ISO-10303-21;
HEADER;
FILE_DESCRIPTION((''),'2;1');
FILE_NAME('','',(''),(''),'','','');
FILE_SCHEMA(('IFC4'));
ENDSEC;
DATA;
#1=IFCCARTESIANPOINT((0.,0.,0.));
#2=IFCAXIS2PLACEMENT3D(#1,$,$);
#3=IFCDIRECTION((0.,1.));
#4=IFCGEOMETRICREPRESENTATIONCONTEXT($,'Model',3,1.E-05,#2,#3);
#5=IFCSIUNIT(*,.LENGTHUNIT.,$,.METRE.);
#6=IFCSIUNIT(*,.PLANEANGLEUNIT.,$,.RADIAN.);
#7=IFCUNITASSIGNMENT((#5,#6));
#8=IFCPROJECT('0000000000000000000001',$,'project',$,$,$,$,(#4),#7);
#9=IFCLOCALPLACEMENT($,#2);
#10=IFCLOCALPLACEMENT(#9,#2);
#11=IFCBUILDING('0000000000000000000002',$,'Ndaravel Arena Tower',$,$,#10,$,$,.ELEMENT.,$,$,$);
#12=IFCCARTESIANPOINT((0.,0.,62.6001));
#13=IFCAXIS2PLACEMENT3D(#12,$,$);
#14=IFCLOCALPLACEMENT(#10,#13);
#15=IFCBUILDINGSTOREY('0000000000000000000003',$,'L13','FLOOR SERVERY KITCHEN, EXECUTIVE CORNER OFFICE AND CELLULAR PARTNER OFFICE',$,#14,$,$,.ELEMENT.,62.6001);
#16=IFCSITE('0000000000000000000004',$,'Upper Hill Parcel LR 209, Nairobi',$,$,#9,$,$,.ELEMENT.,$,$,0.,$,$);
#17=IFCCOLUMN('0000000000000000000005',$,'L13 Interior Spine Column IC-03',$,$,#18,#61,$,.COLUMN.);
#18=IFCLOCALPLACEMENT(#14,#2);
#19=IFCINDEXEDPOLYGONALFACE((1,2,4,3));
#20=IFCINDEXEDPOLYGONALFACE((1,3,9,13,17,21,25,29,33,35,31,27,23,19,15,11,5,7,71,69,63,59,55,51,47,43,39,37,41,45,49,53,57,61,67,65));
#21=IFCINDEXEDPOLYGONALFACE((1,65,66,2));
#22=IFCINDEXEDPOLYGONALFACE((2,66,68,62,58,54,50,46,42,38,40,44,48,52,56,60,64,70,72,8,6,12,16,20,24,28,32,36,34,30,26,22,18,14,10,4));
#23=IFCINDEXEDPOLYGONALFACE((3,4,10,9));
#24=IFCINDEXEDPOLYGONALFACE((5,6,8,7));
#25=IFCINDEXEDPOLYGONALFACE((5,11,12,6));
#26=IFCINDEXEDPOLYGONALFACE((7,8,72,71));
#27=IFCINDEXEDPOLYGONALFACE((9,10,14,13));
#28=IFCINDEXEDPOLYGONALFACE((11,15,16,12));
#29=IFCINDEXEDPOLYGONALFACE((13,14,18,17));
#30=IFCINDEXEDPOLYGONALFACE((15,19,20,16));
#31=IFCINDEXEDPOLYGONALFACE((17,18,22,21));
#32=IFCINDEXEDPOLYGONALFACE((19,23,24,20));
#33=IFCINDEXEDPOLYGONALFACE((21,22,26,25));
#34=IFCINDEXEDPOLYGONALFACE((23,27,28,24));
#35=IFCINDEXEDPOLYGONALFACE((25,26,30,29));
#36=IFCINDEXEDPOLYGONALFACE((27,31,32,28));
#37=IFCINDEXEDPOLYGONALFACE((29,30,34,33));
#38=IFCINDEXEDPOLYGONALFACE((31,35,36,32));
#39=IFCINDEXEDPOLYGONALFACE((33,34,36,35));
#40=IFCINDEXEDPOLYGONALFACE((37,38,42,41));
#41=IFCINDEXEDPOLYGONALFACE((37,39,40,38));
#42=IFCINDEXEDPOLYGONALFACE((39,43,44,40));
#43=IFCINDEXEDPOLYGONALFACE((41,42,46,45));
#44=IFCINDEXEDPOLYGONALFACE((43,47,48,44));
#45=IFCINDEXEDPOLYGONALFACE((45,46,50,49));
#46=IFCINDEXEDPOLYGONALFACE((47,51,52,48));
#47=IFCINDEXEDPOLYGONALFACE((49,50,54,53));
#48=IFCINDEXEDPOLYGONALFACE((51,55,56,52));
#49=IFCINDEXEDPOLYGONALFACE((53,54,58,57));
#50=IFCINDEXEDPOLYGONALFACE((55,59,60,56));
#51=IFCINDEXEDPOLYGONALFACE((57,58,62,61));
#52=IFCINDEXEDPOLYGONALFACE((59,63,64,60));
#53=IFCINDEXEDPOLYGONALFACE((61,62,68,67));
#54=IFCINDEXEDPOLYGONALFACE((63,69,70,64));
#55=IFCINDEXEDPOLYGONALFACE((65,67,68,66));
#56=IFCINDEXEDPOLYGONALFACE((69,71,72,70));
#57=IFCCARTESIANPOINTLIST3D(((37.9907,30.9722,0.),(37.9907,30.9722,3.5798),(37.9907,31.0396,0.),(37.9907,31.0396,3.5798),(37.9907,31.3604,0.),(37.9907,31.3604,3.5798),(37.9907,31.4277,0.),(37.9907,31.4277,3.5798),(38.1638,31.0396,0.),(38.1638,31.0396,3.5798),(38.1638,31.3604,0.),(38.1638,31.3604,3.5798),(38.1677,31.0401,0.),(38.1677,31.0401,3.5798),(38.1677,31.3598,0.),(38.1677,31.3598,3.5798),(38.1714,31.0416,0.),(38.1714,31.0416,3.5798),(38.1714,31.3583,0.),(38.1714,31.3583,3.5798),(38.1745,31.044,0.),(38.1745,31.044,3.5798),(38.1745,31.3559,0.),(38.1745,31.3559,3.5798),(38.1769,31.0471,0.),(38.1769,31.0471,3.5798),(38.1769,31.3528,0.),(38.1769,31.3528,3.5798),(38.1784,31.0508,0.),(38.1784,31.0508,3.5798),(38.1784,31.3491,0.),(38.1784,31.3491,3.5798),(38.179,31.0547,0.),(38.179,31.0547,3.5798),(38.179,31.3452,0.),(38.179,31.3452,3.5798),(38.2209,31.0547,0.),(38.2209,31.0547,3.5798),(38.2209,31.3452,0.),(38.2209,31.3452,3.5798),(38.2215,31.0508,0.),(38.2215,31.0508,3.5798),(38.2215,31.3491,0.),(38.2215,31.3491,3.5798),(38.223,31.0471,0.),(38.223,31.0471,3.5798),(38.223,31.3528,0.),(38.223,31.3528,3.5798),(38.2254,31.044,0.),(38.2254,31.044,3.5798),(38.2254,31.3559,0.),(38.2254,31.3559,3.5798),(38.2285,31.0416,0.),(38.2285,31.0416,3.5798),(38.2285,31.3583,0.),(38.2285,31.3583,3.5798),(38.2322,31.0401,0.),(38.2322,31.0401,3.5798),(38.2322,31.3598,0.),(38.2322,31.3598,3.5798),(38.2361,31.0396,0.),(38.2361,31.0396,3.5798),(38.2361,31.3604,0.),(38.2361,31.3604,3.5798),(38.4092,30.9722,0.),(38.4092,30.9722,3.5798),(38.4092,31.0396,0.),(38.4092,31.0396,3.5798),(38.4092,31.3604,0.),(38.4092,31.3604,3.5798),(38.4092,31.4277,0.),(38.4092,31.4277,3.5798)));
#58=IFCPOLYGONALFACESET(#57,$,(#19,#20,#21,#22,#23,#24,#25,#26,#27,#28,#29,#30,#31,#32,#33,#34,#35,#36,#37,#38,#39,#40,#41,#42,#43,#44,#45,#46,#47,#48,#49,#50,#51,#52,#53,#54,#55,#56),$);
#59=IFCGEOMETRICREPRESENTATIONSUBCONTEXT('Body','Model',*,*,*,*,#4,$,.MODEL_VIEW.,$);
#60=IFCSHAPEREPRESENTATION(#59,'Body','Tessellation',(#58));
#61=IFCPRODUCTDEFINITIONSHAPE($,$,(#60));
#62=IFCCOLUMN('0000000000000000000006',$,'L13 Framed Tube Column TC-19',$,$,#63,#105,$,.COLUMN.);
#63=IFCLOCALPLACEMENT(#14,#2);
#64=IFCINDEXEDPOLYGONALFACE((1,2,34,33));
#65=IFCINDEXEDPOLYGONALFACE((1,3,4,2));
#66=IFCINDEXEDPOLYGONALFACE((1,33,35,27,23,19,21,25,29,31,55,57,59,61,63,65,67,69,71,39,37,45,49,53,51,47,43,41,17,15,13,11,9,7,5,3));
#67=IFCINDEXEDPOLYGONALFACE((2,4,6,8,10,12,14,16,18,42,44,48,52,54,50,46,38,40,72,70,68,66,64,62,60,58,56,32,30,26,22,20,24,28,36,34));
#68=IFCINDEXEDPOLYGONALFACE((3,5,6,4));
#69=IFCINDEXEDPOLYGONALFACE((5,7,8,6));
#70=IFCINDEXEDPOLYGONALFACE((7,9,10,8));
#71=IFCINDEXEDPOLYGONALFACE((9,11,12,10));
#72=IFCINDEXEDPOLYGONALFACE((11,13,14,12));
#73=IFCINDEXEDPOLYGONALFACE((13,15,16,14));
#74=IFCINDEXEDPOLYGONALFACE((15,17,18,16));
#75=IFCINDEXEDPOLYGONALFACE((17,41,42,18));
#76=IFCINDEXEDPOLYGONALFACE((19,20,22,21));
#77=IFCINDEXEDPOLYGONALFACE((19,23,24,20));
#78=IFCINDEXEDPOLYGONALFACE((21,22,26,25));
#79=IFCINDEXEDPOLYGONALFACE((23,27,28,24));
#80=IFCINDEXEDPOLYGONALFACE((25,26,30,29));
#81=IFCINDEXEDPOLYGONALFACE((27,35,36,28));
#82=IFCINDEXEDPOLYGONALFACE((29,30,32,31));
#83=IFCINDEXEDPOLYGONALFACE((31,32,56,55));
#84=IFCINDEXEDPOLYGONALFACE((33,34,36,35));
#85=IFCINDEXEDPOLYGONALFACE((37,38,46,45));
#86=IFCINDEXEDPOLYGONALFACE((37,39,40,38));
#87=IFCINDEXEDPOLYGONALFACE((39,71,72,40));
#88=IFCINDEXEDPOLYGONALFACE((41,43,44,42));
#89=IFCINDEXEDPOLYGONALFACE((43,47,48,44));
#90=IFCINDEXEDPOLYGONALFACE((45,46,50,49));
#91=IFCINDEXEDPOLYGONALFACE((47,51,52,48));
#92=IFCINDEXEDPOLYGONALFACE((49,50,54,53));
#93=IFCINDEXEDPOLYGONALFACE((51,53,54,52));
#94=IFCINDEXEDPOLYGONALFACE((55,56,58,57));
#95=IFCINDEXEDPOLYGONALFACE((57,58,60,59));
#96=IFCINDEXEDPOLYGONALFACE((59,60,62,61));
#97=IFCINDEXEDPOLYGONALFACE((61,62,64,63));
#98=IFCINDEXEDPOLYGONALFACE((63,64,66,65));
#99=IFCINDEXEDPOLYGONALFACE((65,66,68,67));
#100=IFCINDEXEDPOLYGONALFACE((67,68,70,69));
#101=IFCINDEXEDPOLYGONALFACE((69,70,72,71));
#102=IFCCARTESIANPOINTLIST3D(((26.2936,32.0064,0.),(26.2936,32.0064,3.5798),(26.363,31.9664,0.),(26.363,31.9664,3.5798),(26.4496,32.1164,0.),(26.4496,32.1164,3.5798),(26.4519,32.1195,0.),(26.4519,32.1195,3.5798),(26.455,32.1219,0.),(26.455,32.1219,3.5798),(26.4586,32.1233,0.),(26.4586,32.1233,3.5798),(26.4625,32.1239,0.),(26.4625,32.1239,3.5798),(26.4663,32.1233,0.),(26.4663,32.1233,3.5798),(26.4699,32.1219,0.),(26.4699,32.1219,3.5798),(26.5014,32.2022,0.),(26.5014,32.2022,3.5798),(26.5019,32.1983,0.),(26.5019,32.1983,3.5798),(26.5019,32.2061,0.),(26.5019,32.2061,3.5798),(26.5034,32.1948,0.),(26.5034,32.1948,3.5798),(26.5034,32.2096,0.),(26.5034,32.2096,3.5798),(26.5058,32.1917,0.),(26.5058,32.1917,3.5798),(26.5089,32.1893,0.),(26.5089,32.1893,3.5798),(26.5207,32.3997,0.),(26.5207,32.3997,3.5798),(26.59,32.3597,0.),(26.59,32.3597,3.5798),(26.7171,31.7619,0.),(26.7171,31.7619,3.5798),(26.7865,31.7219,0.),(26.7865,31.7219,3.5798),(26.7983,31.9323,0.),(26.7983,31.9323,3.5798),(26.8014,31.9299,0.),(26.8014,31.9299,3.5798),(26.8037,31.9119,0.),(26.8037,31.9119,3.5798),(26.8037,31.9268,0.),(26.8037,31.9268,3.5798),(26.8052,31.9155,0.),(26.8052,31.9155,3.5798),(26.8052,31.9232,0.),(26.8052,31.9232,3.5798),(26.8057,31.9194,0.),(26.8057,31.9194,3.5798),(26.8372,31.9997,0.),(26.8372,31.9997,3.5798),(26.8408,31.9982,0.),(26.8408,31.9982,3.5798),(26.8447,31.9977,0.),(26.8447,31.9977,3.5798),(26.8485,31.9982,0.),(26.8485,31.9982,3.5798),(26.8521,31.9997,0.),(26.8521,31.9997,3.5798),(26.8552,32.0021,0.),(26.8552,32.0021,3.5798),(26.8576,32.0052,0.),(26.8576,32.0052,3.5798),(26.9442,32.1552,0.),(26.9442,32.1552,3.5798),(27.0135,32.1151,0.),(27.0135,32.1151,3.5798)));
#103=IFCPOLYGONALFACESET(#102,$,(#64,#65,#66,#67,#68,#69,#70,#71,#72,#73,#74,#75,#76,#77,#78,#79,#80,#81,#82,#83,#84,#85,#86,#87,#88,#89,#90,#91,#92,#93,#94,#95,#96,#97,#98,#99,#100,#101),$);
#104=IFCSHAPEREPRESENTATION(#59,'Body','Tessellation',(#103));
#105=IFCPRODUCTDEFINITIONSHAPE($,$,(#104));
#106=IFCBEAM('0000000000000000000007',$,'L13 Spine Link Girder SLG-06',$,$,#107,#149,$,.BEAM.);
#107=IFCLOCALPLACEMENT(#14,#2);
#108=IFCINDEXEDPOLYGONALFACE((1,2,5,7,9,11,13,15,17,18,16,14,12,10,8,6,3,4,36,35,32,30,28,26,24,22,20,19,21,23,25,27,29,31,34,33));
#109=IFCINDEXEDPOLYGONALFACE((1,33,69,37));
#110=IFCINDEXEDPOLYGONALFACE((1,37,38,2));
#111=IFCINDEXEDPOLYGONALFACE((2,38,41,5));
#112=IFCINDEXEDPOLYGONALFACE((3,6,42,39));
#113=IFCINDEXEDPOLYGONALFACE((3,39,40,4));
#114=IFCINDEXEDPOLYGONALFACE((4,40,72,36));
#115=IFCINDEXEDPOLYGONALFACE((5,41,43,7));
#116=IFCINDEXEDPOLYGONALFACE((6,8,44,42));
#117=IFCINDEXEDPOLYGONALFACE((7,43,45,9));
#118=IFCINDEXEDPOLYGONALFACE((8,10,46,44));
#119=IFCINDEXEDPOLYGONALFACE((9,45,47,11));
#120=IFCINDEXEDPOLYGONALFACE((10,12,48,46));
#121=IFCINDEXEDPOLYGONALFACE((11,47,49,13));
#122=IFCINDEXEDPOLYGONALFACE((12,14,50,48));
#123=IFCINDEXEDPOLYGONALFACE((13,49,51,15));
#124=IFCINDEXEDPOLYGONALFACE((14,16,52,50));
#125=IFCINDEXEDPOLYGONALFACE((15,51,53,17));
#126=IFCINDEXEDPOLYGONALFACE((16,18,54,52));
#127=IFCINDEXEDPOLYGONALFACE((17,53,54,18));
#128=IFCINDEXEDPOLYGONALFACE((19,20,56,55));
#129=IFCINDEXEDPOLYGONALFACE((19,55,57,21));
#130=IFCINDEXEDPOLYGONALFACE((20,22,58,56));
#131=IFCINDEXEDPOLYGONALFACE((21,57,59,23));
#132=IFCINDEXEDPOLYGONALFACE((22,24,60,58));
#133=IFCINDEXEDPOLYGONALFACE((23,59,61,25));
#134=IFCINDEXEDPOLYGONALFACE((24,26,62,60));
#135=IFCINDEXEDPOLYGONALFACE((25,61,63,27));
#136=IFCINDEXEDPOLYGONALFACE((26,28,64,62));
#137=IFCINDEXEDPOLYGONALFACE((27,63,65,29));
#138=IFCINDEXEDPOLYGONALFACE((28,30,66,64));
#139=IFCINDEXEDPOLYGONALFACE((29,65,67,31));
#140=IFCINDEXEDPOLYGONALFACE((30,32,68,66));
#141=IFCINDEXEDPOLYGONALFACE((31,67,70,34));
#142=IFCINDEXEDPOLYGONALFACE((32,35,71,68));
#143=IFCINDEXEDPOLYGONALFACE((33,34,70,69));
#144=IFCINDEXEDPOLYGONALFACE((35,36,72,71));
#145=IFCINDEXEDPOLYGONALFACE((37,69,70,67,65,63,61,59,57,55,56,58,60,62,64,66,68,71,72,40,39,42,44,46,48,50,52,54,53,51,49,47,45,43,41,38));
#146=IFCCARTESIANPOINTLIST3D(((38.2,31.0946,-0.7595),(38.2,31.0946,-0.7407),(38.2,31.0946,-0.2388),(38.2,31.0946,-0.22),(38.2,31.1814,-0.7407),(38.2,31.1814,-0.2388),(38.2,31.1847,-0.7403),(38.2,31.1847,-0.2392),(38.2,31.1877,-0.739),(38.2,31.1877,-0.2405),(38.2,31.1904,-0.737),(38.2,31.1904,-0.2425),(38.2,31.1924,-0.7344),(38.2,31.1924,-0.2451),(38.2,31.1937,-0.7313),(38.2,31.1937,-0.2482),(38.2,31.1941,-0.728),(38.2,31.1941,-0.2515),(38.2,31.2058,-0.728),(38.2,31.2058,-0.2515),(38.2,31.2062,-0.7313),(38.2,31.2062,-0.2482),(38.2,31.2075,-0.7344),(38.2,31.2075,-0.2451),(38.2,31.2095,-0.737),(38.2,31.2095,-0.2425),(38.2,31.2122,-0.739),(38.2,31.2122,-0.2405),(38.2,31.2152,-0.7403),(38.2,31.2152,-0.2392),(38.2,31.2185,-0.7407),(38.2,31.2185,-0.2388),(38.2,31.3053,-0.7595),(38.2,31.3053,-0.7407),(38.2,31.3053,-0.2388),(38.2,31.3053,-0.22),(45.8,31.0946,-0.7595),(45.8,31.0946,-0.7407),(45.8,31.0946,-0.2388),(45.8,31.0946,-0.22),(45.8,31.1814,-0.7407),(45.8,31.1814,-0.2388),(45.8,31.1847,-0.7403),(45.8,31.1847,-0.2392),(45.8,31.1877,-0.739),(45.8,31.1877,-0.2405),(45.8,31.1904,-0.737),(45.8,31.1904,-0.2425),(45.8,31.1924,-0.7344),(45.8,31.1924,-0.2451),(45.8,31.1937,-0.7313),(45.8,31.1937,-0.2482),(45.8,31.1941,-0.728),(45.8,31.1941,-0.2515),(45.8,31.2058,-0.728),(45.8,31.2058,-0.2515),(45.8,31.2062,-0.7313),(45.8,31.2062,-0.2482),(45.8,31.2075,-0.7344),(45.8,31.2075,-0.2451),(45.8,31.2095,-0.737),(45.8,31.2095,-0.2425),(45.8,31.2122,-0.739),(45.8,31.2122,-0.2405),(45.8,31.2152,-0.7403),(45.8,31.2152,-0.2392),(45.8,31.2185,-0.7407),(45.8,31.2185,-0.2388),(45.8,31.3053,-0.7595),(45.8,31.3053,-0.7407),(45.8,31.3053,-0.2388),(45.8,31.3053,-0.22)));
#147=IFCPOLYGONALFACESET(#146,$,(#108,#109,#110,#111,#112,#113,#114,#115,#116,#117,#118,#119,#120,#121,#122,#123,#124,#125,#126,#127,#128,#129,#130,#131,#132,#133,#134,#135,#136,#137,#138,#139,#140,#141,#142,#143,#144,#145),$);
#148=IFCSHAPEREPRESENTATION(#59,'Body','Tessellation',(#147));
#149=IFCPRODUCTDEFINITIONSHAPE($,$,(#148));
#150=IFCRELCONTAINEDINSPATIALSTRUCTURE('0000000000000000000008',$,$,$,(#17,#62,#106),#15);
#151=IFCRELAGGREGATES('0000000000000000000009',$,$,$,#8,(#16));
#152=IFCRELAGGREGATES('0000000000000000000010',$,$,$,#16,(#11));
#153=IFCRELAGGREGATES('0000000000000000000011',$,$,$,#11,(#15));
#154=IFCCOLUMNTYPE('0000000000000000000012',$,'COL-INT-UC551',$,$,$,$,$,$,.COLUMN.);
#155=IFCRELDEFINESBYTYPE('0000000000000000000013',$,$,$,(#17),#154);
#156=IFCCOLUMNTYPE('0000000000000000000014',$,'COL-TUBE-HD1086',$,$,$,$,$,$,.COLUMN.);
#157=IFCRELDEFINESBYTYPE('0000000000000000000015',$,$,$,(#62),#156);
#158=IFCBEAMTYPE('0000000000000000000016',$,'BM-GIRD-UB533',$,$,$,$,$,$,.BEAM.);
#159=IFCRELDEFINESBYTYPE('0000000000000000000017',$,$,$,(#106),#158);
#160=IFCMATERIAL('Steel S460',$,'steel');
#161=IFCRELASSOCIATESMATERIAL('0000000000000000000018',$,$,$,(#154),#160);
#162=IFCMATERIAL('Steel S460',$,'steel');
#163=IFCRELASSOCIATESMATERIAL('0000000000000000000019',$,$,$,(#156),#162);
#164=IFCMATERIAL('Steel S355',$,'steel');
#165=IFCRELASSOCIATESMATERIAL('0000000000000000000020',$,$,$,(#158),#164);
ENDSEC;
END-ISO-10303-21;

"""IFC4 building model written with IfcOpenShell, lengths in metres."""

from ifc_helpers import new_model, si_unit, direction, frame, origin, origin_2d, place, context, subcontext, project, spatial, i_section, extrude, material, material_profile, profile_set, type_object, element, save


model = new_model("IFC4")

# Units and contexts
model_context = context("Model", 3, precision=1e-05, world=origin(), true_north=direction((0.0, 1.0)))
body_context = subcontext(model_context, "Body", "Model", "MODEL_VIEW")
ifc_project = project(units=[si_unit("LENGTHUNIT", "METRE"), si_unit("PLANEANGLEUNIT", "RADIAN")], contexts=[model_context])

# Site, building, storey
site_placement = place(None, origin())
site = spatial("IfcSite", under=ifc_project, at=site_placement, Name="Upper Hill Parcel LR 209, Nairobi", CompositionType="ELEMENT", RefElevation=0.0)
building_placement = place(site_placement, origin())
building = spatial("IfcBuilding", under=site, at=building_placement, Name="Ndaravel Arena Tower", CompositionType="ELEMENT")
storey_placement = place(building_placement, frame((0.0, 0.0, 62.6001)))
storey = spatial("IfcBuildingStorey", under=building, at=storey_placement, Name="L13", Description="FLOOR SERVERY KITCHEN, EXECUTIVE CORNER OFFICE AND CELLULAR PARTNER OFFICE", CompositionType="ELEMENT", Elevation=62.6001)

# Columns
ifc_material_1 = material(Name="Steel S460", Category="steel")
ifc_material_profile_1 = material_profile(ifc_material_1, i_section(OverallWidth=0.4185, OverallDepth=0.4556, WebThickness=0.042, FlangeThickness=0.0674, FilletRadius=0.0151, at=origin_2d()), Name="UC 356x406x551")
ifc_profile_set_1 = profile_set([ifc_material_profile_1], Name="Steel S460")
column_type_1 = type_object("IfcColumnType", Name="COL-INT-UC551", PredefinedType="COLUMN", material=ifc_profile_set_1)
column_1_placement = place(storey_placement, frame((38.2, 31.2, 0.0), z_axis=(0.0, 0.0, 1.0), x_axis=(1.0, 0.0, 0.0)))
element("IfcColumn", 1, at=column_1_placement, inside=storey, type_object=column_type_1, Name="L13 Interior Spine Column IC-03", PredefinedType="COLUMN", context=body_context, shape_type="SweptSolid", body=[
    extrude(i_section(OverallWidth=0.4185, OverallDepth=0.4556, WebThickness=0.042, FlangeThickness=0.0674, FilletRadius=0.0151, at=origin_2d()), origin(), (0.0, 0.0, 1.0), 3.5798),
])
ifc_material_2 = material(Name="Steel S460", Category="steel")
ifc_material_profile_2 = material_profile(ifc_material_2, i_section(OverallWidth=0.4541, OverallDepth=0.5691, WebThickness=0.0779, FlangeThickness=0.0801, FilletRadius=0.0149, at=origin_2d()), Name="HD 400x1086")
ifc_profile_set_2 = profile_set([ifc_material_profile_2], Name="Steel S460")
column_type_2 = type_object("IfcColumnType", Name="COL-TUBE-HD1086", PredefinedType="COLUMN", material=ifc_profile_set_2)
column_2_placement = place(storey_placement, frame((26.6536, 32.0608, 0.0), z_axis=(0.0, 0.0, 1.0), x_axis=(0.5, 0.866025, 0.0)))
element("IfcColumn", 2, at=column_2_placement, inside=storey, type_object=column_type_2, Name="L13 Framed Tube Column TC-19", PredefinedType="COLUMN", context=body_context, shape_type="SweptSolid", body=[
    extrude(i_section(OverallWidth=0.4541, OverallDepth=0.5691, WebThickness=0.0779, FlangeThickness=0.0801, FilletRadius=0.0149, at=origin_2d()), origin(), (0.0, 0.0, 1.0), 3.5798),
])

# Beam
ifc_material_3 = material(Name="Steel S355", Category="steel")
ifc_material_profile_3 = material_profile(ifc_material_3, i_section(OverallWidth=0.2107, OverallDepth=0.5396, WebThickness=0.0117, FlangeThickness=0.0188, FilletRadius=0.0127, at=origin_2d()), Name="UB 533x210x109")
ifc_profile_set_3 = profile_set([ifc_material_profile_3], Name="Steel S355")
beam_type_1 = type_object("IfcBeamType", Name="BM-GIRD-UB533", PredefinedType="BEAM", material=ifc_profile_set_3)
beam_1_placement = place(storey_placement, frame((38.2, 31.2, -0.4897), z_axis=(1.0, 0.0, 0.0), x_axis=(0.0, 1.0, 0.0)))
element("IfcBeam", 3, at=beam_1_placement, inside=storey, type_object=beam_type_1, Name="L13 Spine Link Girder SLG-06", PredefinedType="BEAM", context=body_context, shape_type="SweptSolid", body=[
    extrude(i_section(OverallWidth=0.2107, OverallDepth=0.5396, WebThickness=0.0117, FlangeThickness=0.0188, FilletRadius=0.0127, at=origin_2d()), origin(), (0.0, 0.0, 1.0), 7.6001),
])

save(model, "model.ifc")
